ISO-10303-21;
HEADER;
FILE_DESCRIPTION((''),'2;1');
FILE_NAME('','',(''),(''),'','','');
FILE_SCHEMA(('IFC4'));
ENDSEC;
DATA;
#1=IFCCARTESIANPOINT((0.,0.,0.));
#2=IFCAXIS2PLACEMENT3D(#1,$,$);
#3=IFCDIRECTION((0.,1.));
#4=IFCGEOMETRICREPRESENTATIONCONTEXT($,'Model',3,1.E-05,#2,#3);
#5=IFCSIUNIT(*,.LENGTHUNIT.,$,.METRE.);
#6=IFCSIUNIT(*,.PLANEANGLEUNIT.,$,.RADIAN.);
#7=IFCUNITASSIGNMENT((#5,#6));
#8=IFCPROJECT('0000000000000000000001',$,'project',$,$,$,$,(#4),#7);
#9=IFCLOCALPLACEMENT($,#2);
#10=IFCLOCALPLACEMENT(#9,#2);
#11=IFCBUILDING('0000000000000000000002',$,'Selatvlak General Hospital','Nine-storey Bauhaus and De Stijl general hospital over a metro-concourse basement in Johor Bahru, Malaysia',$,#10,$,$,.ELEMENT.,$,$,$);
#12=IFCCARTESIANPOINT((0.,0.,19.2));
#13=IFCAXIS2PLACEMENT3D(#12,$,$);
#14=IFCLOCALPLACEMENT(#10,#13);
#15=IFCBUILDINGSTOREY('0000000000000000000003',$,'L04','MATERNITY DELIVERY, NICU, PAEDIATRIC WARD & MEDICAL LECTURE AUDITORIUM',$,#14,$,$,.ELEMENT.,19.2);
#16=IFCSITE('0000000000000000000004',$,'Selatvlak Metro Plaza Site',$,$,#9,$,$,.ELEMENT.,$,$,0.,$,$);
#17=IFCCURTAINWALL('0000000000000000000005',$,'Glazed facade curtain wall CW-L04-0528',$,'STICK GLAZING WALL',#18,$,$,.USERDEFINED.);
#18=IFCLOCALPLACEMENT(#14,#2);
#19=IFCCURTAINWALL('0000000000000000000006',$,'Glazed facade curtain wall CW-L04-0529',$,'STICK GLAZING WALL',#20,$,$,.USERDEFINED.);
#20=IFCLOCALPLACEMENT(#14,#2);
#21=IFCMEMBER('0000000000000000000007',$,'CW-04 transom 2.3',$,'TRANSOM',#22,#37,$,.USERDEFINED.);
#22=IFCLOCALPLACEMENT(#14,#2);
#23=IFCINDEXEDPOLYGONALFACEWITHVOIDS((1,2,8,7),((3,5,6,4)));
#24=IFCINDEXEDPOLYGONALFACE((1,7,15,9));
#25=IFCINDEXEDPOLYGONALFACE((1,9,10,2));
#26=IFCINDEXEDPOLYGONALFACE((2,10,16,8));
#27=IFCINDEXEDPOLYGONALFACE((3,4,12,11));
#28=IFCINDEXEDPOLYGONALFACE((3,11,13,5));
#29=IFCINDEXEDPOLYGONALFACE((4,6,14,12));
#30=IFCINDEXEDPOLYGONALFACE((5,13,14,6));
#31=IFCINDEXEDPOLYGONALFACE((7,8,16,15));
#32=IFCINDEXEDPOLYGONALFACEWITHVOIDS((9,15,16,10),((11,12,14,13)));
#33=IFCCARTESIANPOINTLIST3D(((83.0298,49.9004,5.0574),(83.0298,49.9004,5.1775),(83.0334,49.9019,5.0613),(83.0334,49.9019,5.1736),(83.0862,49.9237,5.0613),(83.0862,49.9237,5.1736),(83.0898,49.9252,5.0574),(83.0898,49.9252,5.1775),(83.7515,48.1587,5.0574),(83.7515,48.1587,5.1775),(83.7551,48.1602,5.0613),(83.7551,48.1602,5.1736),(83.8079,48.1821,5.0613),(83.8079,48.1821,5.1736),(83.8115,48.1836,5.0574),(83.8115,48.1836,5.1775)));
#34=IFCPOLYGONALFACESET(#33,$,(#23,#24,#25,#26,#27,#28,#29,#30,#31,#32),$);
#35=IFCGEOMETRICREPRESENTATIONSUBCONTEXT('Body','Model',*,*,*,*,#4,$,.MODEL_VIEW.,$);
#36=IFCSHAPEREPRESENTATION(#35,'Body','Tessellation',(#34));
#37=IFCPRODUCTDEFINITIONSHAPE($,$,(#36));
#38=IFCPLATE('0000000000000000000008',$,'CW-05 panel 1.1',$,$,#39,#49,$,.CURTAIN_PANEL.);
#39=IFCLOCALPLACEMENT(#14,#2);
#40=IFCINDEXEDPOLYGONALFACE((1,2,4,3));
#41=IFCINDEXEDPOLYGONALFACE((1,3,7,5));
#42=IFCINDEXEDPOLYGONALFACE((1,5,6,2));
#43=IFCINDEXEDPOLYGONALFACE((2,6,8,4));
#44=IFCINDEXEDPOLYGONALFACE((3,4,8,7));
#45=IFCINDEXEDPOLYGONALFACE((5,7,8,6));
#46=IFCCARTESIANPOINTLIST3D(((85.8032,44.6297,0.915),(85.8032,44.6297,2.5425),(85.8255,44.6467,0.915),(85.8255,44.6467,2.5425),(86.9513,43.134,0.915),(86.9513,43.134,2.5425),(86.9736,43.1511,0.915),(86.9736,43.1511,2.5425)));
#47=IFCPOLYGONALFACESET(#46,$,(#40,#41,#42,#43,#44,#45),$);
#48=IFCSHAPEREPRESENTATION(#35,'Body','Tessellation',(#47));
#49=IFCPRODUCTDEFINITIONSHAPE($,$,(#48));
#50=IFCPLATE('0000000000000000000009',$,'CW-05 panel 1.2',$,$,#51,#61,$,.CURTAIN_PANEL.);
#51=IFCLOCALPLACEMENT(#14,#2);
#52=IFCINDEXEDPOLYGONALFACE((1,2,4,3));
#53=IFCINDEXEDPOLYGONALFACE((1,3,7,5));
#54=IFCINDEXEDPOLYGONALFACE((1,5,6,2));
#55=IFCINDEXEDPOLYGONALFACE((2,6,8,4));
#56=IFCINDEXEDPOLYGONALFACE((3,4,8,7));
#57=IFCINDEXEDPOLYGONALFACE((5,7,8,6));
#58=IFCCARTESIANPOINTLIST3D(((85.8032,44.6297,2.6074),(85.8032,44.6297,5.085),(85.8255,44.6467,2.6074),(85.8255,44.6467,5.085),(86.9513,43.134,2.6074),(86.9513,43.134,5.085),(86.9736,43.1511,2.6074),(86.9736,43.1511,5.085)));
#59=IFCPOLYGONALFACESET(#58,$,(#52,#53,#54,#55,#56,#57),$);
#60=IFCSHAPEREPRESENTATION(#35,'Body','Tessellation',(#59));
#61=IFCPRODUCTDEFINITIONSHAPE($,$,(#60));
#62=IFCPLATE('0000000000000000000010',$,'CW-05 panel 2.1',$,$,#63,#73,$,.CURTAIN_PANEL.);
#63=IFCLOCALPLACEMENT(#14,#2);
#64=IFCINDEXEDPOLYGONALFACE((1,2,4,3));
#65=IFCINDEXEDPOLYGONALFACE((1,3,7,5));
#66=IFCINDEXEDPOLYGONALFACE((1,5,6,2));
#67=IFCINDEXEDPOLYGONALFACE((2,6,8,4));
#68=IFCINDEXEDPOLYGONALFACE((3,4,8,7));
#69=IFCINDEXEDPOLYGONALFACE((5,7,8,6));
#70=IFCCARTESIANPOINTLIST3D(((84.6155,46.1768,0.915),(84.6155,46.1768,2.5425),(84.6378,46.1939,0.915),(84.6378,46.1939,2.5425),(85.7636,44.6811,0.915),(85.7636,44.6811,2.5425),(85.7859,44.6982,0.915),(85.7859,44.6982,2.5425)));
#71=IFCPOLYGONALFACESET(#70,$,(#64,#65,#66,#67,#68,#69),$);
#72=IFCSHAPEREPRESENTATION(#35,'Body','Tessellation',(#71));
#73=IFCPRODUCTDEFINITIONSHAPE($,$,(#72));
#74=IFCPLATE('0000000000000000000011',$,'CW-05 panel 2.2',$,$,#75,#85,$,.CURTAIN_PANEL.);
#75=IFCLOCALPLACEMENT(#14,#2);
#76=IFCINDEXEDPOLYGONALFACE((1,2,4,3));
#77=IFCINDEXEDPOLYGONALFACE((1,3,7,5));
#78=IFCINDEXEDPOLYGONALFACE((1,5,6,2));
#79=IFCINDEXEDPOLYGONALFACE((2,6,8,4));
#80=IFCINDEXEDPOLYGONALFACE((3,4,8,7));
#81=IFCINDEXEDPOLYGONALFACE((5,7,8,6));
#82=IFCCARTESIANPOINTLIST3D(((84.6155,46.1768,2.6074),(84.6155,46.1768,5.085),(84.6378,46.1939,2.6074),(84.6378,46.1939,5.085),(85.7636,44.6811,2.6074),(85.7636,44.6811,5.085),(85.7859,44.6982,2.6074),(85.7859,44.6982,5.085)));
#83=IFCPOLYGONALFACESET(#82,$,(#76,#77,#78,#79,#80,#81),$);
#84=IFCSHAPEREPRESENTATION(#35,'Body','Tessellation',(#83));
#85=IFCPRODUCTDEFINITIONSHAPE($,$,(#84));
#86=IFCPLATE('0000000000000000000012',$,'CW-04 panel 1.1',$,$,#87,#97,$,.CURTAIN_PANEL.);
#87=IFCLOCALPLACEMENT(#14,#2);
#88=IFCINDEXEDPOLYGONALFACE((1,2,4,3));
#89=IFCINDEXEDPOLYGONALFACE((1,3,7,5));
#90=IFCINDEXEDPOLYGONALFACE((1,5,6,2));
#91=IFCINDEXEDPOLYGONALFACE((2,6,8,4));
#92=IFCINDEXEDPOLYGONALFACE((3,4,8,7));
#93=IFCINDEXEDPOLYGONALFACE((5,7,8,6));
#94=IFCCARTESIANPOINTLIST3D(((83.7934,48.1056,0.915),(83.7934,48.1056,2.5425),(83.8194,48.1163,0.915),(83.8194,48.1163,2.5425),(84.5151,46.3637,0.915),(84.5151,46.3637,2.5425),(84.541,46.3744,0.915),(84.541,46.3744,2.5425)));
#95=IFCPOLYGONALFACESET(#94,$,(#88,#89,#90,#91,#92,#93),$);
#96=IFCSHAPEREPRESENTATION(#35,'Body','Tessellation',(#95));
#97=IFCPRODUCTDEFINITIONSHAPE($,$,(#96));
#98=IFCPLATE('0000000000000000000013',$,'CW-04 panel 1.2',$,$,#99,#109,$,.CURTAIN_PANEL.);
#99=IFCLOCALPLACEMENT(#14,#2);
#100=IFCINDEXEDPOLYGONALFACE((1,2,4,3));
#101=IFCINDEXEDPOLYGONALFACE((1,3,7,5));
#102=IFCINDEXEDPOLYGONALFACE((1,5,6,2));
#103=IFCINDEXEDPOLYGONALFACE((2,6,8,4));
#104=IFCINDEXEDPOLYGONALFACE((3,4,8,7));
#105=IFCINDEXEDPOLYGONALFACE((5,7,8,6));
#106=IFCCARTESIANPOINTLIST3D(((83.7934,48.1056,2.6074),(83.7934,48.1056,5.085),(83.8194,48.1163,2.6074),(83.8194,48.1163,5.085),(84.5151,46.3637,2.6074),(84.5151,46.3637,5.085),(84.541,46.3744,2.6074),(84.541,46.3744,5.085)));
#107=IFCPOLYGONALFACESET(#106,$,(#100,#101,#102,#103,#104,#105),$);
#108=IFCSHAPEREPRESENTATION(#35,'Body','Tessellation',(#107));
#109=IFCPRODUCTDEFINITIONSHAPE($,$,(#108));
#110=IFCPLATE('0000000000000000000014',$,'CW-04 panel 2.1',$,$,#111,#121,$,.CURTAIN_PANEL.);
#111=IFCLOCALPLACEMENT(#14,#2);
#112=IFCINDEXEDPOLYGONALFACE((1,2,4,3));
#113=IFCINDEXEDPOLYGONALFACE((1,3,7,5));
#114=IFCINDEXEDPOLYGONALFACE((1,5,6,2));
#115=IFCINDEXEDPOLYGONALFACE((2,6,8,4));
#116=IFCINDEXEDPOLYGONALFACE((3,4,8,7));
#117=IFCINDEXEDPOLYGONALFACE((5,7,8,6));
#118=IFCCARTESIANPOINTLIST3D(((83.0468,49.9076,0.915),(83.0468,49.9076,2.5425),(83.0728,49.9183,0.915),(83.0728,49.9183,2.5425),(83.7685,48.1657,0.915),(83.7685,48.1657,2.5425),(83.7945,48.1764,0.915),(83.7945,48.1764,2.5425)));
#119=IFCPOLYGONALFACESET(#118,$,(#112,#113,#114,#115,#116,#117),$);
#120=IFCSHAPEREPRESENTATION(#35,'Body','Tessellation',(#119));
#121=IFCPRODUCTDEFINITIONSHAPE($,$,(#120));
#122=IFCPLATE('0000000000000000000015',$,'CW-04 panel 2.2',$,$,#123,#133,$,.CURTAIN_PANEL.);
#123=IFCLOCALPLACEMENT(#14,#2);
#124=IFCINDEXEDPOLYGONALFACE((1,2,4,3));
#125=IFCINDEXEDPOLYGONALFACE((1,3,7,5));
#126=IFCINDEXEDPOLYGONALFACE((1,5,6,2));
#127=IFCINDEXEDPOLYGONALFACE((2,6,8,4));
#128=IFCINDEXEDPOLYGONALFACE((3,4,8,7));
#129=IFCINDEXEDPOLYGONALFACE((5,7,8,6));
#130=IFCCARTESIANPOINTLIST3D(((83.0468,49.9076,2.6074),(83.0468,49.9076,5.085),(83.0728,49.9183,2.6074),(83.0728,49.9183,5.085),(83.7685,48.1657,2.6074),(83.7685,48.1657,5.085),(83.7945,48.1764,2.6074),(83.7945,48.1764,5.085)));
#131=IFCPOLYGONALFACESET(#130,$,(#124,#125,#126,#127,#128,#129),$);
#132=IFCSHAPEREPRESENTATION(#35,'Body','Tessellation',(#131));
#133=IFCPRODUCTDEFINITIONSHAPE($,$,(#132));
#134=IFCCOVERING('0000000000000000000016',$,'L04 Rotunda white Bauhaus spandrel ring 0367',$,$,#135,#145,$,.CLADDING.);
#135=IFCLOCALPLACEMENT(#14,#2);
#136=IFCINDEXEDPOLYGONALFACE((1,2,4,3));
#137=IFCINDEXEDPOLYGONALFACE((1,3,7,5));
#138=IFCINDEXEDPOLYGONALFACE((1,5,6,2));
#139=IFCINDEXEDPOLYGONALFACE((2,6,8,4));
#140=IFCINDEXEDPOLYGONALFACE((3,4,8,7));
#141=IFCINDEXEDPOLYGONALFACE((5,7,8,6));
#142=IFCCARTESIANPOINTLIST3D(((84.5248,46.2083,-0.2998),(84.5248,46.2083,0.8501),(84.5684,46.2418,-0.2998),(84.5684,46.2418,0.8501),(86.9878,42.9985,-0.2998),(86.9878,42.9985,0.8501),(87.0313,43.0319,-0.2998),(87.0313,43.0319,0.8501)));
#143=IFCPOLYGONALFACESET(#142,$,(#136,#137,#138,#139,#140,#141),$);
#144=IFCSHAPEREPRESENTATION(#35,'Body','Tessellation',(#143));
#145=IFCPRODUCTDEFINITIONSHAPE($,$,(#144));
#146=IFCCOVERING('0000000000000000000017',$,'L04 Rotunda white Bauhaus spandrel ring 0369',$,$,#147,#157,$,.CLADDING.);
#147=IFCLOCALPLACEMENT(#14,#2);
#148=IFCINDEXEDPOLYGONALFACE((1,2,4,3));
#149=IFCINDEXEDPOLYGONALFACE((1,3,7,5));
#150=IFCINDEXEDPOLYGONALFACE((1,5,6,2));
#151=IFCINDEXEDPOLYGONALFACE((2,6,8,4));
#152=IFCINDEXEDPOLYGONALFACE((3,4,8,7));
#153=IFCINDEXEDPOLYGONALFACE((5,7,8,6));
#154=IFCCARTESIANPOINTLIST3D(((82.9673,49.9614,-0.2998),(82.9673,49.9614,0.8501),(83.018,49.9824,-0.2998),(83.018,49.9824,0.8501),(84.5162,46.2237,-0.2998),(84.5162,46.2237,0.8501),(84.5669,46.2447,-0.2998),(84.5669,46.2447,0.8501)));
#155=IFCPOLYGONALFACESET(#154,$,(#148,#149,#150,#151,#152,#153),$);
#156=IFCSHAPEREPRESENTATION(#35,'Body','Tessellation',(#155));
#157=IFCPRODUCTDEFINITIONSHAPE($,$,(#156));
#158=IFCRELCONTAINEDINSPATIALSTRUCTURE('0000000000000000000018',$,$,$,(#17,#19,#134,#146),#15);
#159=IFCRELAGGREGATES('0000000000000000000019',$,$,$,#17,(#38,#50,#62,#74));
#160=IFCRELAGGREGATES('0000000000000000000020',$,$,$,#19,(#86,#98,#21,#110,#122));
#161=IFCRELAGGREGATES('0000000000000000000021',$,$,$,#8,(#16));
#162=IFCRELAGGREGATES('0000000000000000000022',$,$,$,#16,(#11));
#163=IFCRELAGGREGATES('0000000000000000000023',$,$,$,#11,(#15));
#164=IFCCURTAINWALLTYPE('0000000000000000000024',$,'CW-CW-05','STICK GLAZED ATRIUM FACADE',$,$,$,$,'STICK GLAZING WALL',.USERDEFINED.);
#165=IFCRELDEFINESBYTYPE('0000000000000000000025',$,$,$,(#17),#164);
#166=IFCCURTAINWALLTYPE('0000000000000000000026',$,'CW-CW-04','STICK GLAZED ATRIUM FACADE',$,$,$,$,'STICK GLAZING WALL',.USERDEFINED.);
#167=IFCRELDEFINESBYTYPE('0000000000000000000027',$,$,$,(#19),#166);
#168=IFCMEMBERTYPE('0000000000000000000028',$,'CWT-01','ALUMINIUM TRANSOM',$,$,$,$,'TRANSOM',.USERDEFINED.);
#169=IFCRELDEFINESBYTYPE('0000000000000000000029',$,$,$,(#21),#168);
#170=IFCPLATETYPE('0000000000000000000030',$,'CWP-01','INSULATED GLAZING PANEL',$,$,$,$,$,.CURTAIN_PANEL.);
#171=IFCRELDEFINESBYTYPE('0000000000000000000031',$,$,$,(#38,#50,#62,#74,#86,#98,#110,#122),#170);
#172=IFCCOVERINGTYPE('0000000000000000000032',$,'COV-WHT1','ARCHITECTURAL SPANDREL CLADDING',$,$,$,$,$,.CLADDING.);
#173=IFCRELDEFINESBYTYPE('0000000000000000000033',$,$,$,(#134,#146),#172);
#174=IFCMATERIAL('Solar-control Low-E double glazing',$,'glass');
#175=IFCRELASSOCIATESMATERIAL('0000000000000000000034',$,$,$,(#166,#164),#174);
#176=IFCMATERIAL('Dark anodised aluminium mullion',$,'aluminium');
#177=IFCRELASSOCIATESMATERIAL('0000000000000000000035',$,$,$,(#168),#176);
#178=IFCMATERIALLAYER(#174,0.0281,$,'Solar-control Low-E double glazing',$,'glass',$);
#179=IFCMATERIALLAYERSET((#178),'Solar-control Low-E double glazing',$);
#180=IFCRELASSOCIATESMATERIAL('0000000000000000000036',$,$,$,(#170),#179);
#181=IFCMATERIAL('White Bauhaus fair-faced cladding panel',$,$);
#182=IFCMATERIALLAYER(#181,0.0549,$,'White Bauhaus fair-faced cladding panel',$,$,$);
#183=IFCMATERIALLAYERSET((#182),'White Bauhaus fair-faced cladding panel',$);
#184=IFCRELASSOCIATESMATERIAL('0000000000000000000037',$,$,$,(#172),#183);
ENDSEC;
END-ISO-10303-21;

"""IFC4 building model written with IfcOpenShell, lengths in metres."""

from ifc_helpers import new_model, si_unit, direction, frame, origin, origin_2d, place, context, subcontext, project, spatial, rectangle, hollow_rectangle, extrude, material, layer, layer_set, material_profile, profile_set, type_object, element, aggregate, save


model = new_model("IFC4")

# Units and contexts
model_context = context("Model", 3, precision=1e-05, world=origin(), true_north=direction((0.0, 1.0)))
body_context = subcontext(model_context, "Body", "Model", "MODEL_VIEW")
ifc_project = project(units=[si_unit("LENGTHUNIT", "METRE"), si_unit("PLANEANGLEUNIT", "RADIAN")], contexts=[model_context])

# Site, building, storey
site_placement = place(None, origin())
site = spatial("IfcSite", under=ifc_project, at=site_placement, Name="Selatvlak Metro Plaza Site", CompositionType="ELEMENT", RefElevation=0.0)
building_placement = place(site_placement, origin())
building = spatial("IfcBuilding", under=site, at=building_placement, Name="Selatvlak General Hospital", Description="Nine-storey Bauhaus and De Stijl general hospital over a metro-concourse basement in Johor Bahru, Malaysia", CompositionType="ELEMENT")
storey_placement = place(building_placement, frame((0.0, 0.0, 19.2)))
storey = spatial("IfcBuildingStorey", under=building, at=storey_placement, Name="L04", Description="MATERNITY DELIVERY, NICU, PAEDIATRIC WARD & MEDICAL LECTURE AUDITORIUM", CompositionType="ELEMENT", Elevation=19.2)

# Shared definitions
ifc_material_1 = material(Name="Solar-control Low-E double glazing", Category="glass")
curtain_wall_type_1 = type_object("IfcCurtainWallType", Name="CW-CW-04", Description="STICK GLAZED ATRIUM FACADE", ElementType="STICK GLAZING WALL", PredefinedType="USERDEFINED", material=ifc_material_1)
ifc_material_2 = material(Name="Dark anodised aluminium mullion", Category="aluminium")

# Curtain walls
curtain_wall_type_2 = type_object("IfcCurtainWallType", Name="CW-CW-05", Description="STICK GLAZED ATRIUM FACADE", ElementType="STICK GLAZING WALL", PredefinedType="USERDEFINED", material=ifc_material_1)
curtain_wall_1_placement = place(storey_placement, origin())
curtain_wall_1 = element("IfcCurtainWall", 1, at=curtain_wall_1_placement, inside=storey, type_object=curtain_wall_type_2, Name="Glazed facade curtain wall CW-L04-0528", ObjectType="STICK GLAZING WALL", PredefinedType="USERDEFINED")
curtain_wall_2_placement = place(storey_placement, origin())
curtain_wall_2 = element("IfcCurtainWall", 2, at=curtain_wall_2_placement, inside=storey, type_object=curtain_wall_type_1, Name="Glazed facade curtain wall CW-L04-0529", ObjectType="STICK GLAZING WALL", PredefinedType="USERDEFINED")

# Member
ifc_material_profile_1 = material_profile(ifc_material_2, hollow_rectangle(XDim=0.0649, YDim=0.1201, WallThickness=0.0039, at=origin_2d()), Name="AL-TRN 65x120x4")
ifc_profile_set_1 = profile_set([ifc_material_profile_1], Name="Dark anodised aluminium mullion")
member_type_1 = type_object("IfcMemberType", Name="CWT-01", Description="ALUMINIUM TRANSOM", ElementType="TRANSOM", PredefinedType="USERDEFINED", material=ifc_profile_set_1)
member_1_placement = place(storey_placement, frame((83.7815, 48.1711, 5.1174), z_axis=(-0.382794, 0.923834, 0.0), x_axis=(-0.923834, -0.382794, 0.0)))
member_1 = element("IfcMember", 3, at=member_1_placement, type_object=member_type_1, Name="CW-04 transom 2.3", ObjectType="TRANSOM", PredefinedType="USERDEFINED", context=body_context, shape_type="SweptSolid", body=[
    extrude(hollow_rectangle(XDim=0.0649, YDim=0.1201, WallThickness=0.0039, at=origin_2d()), origin(), (0.0, 0.0, 1.0), 1.8853),
])

# Plates
ifc_layer_1 = layer(ifc_material_1, 0.0281, Name="Solar-control Low-E double glazing", Category="glass")
ifc_layer_set_1 = layer_set([ifc_layer_1], Name="Solar-control Low-E double glazing")
plate_type = type_object("IfcPlateType", Name="CWP-01", Description="INSULATED GLAZING PANEL", PredefinedType="CURTAIN_PANEL", material=ifc_layer_set_1)
plate_1_placement = place(storey_placement, frame((86.3884, 43.8904, 0.915), z_axis=(0.0, 0.0, 1.0), x_axis=(-0.608918, 0.793233, 0.0)))
plate_1 = element("IfcPlate", 4, at=plate_1_placement, type_object=plate_type, Name="CW-05 panel 1.1", PredefinedType="CURTAIN_PANEL", context=body_context, shape_type="SweptSolid", body=[
    extrude(rectangle(XDim=1.8855, YDim=0.0281, at=origin_2d()), origin(), (0.0, 0.0, 1.0), 1.6274),
])
plate_2_placement = place(storey_placement, frame((86.3884, 43.8904, 2.6074), z_axis=(0.0, 0.0, 1.0), x_axis=(-0.608918, 0.793233, 0.0)))
plate_2 = element("IfcPlate", 5, at=plate_2_placement, type_object=plate_type, Name="CW-05 panel 1.2", PredefinedType="CURTAIN_PANEL", context=body_context, shape_type="SweptSolid", body=[
    extrude(rectangle(XDim=1.8855, YDim=0.0281, at=origin_2d()), origin(), (0.0, 0.0, 1.0), 2.4775),
])
plate_3_placement = place(storey_placement, frame((85.2007, 45.4375, 0.915), z_axis=(0.0, 0.0, 1.0), x_axis=(-0.608918, 0.793233, 0.0)))
plate_3 = element("IfcPlate", 6, at=plate_3_placement, type_object=plate_type, Name="CW-05 panel 2.1", PredefinedType="CURTAIN_PANEL", context=body_context, shape_type="SweptSolid", body=[
    extrude(rectangle(XDim=1.8855, YDim=0.0281, at=origin_2d()), origin(), (0.0, 0.0, 1.0), 1.6274),
])
plate_4_placement = place(storey_placement, frame((85.2007, 45.4375, 2.6074), z_axis=(0.0, 0.0, 1.0), x_axis=(-0.608918, 0.793233, 0.0)))
plate_4 = element("IfcPlate", 7, at=plate_4_placement, type_object=plate_type, Name="CW-05 panel 2.2", PredefinedType="CURTAIN_PANEL", context=body_context, shape_type="SweptSolid", body=[
    extrude(rectangle(XDim=1.8855, YDim=0.0281, at=origin_2d()), origin(), (0.0, 0.0, 1.0), 2.4775),
])
aggregate(curtain_wall_1, [plate_1, plate_2, plate_3, plate_4])
plate_5_placement = place(storey_placement, frame((84.1672, 47.24, 0.915), z_axis=(0.0, 0.0, 1.0), x_axis=(-0.382753, 0.923851, 0.0)))
plate_5 = element("IfcPlate", 8, at=plate_5_placement, type_object=plate_type, Name="CW-04 panel 1.1", PredefinedType="CURTAIN_PANEL", context=body_context, shape_type="SweptSolid", body=[
    extrude(rectangle(XDim=1.8855, YDim=0.0281, at=origin_2d()), origin(), (0.0, 0.0, 1.0), 1.6274),
])
plate_6_placement = place(storey_placement, frame((84.1672, 47.24, 2.6074), z_axis=(0.0, 0.0, 1.0), x_axis=(-0.382753, 0.923851, 0.0)))
plate_6 = element("IfcPlate", 9, at=plate_6_placement, type_object=plate_type, Name="CW-04 panel 1.2", PredefinedType="CURTAIN_PANEL", context=body_context, shape_type="SweptSolid", body=[
    extrude(rectangle(XDim=1.8855, YDim=0.0281, at=origin_2d()), origin(), (0.0, 0.0, 1.0), 2.4775),
])
plate_7_placement = place(storey_placement, frame((83.4207, 49.042, 0.915), z_axis=(0.0, 0.0, 1.0), x_axis=(-0.382753, 0.923851, 0.0)))
plate_7 = element("IfcPlate", 10, at=plate_7_placement, type_object=plate_type, Name="CW-04 panel 2.1", PredefinedType="CURTAIN_PANEL", context=body_context, shape_type="SweptSolid", body=[
    extrude(rectangle(XDim=1.8855, YDim=0.0281, at=origin_2d()), origin(), (0.0, 0.0, 1.0), 1.6274),
])
plate_8_placement = place(storey_placement, frame((83.4207, 49.042, 2.6074), z_axis=(0.0, 0.0, 1.0), x_axis=(-0.382753, 0.923851, 0.0)))
plate_8 = element("IfcPlate", 11, at=plate_8_placement, type_object=plate_type, Name="CW-04 panel 2.2", PredefinedType="CURTAIN_PANEL", context=body_context, shape_type="SweptSolid", body=[
    extrude(rectangle(XDim=1.8855, YDim=0.0281, at=origin_2d()), origin(), (0.0, 0.0, 1.0), 2.4775),
])
aggregate(curtain_wall_2, [plate_5, plate_6, member_1, plate_7, plate_8])

# Coverings
ifc_material_3 = material(Name="White Bauhaus fair-faced cladding panel")
ifc_layer_2 = layer(ifc_material_3, 0.0549, Name="White Bauhaus fair-faced cladding panel")
ifc_layer_set_2 = layer_set([ifc_layer_2], Name="White Bauhaus fair-faced cladding panel")
covering_type = type_object("IfcCoveringType", Name="COV-WHT1", Description="ARCHITECTURAL SPANDREL CLADDING", PredefinedType="CLADDING", material=ifc_layer_set_2)
for number, where, z_axis, x_axis, name in (
    (12, (85.7781, 44.6201, -0.2998), (0.0, 0.0, 1.0), (-0.608748, 0.793364, 0.0), "L04 Rotunda white Bauhaus spandrel ring 0367"),
    (13, (83.7671, 48.103, -0.2998), (0.0, 0.0, 1.0), (-0.382829, 0.923819, 0.0), "L04 Rotunda white Bauhaus spandrel ring 0369"),
):
    element("IfcCovering", number, at=place(storey_placement, frame(where, z_axis=z_axis, x_axis=x_axis)), inside=storey, type_object=covering_type, Name=name, PredefinedType="CLADDING", context=body_context, shape_type="SweptSolid", body=[
        extrude(rectangle(XDim=4.0459, YDim=0.0549, at=origin_2d()), origin(), (0.0, 0.0, 1.0), 1.1499),
    ])

save(model, "model.ifc")
